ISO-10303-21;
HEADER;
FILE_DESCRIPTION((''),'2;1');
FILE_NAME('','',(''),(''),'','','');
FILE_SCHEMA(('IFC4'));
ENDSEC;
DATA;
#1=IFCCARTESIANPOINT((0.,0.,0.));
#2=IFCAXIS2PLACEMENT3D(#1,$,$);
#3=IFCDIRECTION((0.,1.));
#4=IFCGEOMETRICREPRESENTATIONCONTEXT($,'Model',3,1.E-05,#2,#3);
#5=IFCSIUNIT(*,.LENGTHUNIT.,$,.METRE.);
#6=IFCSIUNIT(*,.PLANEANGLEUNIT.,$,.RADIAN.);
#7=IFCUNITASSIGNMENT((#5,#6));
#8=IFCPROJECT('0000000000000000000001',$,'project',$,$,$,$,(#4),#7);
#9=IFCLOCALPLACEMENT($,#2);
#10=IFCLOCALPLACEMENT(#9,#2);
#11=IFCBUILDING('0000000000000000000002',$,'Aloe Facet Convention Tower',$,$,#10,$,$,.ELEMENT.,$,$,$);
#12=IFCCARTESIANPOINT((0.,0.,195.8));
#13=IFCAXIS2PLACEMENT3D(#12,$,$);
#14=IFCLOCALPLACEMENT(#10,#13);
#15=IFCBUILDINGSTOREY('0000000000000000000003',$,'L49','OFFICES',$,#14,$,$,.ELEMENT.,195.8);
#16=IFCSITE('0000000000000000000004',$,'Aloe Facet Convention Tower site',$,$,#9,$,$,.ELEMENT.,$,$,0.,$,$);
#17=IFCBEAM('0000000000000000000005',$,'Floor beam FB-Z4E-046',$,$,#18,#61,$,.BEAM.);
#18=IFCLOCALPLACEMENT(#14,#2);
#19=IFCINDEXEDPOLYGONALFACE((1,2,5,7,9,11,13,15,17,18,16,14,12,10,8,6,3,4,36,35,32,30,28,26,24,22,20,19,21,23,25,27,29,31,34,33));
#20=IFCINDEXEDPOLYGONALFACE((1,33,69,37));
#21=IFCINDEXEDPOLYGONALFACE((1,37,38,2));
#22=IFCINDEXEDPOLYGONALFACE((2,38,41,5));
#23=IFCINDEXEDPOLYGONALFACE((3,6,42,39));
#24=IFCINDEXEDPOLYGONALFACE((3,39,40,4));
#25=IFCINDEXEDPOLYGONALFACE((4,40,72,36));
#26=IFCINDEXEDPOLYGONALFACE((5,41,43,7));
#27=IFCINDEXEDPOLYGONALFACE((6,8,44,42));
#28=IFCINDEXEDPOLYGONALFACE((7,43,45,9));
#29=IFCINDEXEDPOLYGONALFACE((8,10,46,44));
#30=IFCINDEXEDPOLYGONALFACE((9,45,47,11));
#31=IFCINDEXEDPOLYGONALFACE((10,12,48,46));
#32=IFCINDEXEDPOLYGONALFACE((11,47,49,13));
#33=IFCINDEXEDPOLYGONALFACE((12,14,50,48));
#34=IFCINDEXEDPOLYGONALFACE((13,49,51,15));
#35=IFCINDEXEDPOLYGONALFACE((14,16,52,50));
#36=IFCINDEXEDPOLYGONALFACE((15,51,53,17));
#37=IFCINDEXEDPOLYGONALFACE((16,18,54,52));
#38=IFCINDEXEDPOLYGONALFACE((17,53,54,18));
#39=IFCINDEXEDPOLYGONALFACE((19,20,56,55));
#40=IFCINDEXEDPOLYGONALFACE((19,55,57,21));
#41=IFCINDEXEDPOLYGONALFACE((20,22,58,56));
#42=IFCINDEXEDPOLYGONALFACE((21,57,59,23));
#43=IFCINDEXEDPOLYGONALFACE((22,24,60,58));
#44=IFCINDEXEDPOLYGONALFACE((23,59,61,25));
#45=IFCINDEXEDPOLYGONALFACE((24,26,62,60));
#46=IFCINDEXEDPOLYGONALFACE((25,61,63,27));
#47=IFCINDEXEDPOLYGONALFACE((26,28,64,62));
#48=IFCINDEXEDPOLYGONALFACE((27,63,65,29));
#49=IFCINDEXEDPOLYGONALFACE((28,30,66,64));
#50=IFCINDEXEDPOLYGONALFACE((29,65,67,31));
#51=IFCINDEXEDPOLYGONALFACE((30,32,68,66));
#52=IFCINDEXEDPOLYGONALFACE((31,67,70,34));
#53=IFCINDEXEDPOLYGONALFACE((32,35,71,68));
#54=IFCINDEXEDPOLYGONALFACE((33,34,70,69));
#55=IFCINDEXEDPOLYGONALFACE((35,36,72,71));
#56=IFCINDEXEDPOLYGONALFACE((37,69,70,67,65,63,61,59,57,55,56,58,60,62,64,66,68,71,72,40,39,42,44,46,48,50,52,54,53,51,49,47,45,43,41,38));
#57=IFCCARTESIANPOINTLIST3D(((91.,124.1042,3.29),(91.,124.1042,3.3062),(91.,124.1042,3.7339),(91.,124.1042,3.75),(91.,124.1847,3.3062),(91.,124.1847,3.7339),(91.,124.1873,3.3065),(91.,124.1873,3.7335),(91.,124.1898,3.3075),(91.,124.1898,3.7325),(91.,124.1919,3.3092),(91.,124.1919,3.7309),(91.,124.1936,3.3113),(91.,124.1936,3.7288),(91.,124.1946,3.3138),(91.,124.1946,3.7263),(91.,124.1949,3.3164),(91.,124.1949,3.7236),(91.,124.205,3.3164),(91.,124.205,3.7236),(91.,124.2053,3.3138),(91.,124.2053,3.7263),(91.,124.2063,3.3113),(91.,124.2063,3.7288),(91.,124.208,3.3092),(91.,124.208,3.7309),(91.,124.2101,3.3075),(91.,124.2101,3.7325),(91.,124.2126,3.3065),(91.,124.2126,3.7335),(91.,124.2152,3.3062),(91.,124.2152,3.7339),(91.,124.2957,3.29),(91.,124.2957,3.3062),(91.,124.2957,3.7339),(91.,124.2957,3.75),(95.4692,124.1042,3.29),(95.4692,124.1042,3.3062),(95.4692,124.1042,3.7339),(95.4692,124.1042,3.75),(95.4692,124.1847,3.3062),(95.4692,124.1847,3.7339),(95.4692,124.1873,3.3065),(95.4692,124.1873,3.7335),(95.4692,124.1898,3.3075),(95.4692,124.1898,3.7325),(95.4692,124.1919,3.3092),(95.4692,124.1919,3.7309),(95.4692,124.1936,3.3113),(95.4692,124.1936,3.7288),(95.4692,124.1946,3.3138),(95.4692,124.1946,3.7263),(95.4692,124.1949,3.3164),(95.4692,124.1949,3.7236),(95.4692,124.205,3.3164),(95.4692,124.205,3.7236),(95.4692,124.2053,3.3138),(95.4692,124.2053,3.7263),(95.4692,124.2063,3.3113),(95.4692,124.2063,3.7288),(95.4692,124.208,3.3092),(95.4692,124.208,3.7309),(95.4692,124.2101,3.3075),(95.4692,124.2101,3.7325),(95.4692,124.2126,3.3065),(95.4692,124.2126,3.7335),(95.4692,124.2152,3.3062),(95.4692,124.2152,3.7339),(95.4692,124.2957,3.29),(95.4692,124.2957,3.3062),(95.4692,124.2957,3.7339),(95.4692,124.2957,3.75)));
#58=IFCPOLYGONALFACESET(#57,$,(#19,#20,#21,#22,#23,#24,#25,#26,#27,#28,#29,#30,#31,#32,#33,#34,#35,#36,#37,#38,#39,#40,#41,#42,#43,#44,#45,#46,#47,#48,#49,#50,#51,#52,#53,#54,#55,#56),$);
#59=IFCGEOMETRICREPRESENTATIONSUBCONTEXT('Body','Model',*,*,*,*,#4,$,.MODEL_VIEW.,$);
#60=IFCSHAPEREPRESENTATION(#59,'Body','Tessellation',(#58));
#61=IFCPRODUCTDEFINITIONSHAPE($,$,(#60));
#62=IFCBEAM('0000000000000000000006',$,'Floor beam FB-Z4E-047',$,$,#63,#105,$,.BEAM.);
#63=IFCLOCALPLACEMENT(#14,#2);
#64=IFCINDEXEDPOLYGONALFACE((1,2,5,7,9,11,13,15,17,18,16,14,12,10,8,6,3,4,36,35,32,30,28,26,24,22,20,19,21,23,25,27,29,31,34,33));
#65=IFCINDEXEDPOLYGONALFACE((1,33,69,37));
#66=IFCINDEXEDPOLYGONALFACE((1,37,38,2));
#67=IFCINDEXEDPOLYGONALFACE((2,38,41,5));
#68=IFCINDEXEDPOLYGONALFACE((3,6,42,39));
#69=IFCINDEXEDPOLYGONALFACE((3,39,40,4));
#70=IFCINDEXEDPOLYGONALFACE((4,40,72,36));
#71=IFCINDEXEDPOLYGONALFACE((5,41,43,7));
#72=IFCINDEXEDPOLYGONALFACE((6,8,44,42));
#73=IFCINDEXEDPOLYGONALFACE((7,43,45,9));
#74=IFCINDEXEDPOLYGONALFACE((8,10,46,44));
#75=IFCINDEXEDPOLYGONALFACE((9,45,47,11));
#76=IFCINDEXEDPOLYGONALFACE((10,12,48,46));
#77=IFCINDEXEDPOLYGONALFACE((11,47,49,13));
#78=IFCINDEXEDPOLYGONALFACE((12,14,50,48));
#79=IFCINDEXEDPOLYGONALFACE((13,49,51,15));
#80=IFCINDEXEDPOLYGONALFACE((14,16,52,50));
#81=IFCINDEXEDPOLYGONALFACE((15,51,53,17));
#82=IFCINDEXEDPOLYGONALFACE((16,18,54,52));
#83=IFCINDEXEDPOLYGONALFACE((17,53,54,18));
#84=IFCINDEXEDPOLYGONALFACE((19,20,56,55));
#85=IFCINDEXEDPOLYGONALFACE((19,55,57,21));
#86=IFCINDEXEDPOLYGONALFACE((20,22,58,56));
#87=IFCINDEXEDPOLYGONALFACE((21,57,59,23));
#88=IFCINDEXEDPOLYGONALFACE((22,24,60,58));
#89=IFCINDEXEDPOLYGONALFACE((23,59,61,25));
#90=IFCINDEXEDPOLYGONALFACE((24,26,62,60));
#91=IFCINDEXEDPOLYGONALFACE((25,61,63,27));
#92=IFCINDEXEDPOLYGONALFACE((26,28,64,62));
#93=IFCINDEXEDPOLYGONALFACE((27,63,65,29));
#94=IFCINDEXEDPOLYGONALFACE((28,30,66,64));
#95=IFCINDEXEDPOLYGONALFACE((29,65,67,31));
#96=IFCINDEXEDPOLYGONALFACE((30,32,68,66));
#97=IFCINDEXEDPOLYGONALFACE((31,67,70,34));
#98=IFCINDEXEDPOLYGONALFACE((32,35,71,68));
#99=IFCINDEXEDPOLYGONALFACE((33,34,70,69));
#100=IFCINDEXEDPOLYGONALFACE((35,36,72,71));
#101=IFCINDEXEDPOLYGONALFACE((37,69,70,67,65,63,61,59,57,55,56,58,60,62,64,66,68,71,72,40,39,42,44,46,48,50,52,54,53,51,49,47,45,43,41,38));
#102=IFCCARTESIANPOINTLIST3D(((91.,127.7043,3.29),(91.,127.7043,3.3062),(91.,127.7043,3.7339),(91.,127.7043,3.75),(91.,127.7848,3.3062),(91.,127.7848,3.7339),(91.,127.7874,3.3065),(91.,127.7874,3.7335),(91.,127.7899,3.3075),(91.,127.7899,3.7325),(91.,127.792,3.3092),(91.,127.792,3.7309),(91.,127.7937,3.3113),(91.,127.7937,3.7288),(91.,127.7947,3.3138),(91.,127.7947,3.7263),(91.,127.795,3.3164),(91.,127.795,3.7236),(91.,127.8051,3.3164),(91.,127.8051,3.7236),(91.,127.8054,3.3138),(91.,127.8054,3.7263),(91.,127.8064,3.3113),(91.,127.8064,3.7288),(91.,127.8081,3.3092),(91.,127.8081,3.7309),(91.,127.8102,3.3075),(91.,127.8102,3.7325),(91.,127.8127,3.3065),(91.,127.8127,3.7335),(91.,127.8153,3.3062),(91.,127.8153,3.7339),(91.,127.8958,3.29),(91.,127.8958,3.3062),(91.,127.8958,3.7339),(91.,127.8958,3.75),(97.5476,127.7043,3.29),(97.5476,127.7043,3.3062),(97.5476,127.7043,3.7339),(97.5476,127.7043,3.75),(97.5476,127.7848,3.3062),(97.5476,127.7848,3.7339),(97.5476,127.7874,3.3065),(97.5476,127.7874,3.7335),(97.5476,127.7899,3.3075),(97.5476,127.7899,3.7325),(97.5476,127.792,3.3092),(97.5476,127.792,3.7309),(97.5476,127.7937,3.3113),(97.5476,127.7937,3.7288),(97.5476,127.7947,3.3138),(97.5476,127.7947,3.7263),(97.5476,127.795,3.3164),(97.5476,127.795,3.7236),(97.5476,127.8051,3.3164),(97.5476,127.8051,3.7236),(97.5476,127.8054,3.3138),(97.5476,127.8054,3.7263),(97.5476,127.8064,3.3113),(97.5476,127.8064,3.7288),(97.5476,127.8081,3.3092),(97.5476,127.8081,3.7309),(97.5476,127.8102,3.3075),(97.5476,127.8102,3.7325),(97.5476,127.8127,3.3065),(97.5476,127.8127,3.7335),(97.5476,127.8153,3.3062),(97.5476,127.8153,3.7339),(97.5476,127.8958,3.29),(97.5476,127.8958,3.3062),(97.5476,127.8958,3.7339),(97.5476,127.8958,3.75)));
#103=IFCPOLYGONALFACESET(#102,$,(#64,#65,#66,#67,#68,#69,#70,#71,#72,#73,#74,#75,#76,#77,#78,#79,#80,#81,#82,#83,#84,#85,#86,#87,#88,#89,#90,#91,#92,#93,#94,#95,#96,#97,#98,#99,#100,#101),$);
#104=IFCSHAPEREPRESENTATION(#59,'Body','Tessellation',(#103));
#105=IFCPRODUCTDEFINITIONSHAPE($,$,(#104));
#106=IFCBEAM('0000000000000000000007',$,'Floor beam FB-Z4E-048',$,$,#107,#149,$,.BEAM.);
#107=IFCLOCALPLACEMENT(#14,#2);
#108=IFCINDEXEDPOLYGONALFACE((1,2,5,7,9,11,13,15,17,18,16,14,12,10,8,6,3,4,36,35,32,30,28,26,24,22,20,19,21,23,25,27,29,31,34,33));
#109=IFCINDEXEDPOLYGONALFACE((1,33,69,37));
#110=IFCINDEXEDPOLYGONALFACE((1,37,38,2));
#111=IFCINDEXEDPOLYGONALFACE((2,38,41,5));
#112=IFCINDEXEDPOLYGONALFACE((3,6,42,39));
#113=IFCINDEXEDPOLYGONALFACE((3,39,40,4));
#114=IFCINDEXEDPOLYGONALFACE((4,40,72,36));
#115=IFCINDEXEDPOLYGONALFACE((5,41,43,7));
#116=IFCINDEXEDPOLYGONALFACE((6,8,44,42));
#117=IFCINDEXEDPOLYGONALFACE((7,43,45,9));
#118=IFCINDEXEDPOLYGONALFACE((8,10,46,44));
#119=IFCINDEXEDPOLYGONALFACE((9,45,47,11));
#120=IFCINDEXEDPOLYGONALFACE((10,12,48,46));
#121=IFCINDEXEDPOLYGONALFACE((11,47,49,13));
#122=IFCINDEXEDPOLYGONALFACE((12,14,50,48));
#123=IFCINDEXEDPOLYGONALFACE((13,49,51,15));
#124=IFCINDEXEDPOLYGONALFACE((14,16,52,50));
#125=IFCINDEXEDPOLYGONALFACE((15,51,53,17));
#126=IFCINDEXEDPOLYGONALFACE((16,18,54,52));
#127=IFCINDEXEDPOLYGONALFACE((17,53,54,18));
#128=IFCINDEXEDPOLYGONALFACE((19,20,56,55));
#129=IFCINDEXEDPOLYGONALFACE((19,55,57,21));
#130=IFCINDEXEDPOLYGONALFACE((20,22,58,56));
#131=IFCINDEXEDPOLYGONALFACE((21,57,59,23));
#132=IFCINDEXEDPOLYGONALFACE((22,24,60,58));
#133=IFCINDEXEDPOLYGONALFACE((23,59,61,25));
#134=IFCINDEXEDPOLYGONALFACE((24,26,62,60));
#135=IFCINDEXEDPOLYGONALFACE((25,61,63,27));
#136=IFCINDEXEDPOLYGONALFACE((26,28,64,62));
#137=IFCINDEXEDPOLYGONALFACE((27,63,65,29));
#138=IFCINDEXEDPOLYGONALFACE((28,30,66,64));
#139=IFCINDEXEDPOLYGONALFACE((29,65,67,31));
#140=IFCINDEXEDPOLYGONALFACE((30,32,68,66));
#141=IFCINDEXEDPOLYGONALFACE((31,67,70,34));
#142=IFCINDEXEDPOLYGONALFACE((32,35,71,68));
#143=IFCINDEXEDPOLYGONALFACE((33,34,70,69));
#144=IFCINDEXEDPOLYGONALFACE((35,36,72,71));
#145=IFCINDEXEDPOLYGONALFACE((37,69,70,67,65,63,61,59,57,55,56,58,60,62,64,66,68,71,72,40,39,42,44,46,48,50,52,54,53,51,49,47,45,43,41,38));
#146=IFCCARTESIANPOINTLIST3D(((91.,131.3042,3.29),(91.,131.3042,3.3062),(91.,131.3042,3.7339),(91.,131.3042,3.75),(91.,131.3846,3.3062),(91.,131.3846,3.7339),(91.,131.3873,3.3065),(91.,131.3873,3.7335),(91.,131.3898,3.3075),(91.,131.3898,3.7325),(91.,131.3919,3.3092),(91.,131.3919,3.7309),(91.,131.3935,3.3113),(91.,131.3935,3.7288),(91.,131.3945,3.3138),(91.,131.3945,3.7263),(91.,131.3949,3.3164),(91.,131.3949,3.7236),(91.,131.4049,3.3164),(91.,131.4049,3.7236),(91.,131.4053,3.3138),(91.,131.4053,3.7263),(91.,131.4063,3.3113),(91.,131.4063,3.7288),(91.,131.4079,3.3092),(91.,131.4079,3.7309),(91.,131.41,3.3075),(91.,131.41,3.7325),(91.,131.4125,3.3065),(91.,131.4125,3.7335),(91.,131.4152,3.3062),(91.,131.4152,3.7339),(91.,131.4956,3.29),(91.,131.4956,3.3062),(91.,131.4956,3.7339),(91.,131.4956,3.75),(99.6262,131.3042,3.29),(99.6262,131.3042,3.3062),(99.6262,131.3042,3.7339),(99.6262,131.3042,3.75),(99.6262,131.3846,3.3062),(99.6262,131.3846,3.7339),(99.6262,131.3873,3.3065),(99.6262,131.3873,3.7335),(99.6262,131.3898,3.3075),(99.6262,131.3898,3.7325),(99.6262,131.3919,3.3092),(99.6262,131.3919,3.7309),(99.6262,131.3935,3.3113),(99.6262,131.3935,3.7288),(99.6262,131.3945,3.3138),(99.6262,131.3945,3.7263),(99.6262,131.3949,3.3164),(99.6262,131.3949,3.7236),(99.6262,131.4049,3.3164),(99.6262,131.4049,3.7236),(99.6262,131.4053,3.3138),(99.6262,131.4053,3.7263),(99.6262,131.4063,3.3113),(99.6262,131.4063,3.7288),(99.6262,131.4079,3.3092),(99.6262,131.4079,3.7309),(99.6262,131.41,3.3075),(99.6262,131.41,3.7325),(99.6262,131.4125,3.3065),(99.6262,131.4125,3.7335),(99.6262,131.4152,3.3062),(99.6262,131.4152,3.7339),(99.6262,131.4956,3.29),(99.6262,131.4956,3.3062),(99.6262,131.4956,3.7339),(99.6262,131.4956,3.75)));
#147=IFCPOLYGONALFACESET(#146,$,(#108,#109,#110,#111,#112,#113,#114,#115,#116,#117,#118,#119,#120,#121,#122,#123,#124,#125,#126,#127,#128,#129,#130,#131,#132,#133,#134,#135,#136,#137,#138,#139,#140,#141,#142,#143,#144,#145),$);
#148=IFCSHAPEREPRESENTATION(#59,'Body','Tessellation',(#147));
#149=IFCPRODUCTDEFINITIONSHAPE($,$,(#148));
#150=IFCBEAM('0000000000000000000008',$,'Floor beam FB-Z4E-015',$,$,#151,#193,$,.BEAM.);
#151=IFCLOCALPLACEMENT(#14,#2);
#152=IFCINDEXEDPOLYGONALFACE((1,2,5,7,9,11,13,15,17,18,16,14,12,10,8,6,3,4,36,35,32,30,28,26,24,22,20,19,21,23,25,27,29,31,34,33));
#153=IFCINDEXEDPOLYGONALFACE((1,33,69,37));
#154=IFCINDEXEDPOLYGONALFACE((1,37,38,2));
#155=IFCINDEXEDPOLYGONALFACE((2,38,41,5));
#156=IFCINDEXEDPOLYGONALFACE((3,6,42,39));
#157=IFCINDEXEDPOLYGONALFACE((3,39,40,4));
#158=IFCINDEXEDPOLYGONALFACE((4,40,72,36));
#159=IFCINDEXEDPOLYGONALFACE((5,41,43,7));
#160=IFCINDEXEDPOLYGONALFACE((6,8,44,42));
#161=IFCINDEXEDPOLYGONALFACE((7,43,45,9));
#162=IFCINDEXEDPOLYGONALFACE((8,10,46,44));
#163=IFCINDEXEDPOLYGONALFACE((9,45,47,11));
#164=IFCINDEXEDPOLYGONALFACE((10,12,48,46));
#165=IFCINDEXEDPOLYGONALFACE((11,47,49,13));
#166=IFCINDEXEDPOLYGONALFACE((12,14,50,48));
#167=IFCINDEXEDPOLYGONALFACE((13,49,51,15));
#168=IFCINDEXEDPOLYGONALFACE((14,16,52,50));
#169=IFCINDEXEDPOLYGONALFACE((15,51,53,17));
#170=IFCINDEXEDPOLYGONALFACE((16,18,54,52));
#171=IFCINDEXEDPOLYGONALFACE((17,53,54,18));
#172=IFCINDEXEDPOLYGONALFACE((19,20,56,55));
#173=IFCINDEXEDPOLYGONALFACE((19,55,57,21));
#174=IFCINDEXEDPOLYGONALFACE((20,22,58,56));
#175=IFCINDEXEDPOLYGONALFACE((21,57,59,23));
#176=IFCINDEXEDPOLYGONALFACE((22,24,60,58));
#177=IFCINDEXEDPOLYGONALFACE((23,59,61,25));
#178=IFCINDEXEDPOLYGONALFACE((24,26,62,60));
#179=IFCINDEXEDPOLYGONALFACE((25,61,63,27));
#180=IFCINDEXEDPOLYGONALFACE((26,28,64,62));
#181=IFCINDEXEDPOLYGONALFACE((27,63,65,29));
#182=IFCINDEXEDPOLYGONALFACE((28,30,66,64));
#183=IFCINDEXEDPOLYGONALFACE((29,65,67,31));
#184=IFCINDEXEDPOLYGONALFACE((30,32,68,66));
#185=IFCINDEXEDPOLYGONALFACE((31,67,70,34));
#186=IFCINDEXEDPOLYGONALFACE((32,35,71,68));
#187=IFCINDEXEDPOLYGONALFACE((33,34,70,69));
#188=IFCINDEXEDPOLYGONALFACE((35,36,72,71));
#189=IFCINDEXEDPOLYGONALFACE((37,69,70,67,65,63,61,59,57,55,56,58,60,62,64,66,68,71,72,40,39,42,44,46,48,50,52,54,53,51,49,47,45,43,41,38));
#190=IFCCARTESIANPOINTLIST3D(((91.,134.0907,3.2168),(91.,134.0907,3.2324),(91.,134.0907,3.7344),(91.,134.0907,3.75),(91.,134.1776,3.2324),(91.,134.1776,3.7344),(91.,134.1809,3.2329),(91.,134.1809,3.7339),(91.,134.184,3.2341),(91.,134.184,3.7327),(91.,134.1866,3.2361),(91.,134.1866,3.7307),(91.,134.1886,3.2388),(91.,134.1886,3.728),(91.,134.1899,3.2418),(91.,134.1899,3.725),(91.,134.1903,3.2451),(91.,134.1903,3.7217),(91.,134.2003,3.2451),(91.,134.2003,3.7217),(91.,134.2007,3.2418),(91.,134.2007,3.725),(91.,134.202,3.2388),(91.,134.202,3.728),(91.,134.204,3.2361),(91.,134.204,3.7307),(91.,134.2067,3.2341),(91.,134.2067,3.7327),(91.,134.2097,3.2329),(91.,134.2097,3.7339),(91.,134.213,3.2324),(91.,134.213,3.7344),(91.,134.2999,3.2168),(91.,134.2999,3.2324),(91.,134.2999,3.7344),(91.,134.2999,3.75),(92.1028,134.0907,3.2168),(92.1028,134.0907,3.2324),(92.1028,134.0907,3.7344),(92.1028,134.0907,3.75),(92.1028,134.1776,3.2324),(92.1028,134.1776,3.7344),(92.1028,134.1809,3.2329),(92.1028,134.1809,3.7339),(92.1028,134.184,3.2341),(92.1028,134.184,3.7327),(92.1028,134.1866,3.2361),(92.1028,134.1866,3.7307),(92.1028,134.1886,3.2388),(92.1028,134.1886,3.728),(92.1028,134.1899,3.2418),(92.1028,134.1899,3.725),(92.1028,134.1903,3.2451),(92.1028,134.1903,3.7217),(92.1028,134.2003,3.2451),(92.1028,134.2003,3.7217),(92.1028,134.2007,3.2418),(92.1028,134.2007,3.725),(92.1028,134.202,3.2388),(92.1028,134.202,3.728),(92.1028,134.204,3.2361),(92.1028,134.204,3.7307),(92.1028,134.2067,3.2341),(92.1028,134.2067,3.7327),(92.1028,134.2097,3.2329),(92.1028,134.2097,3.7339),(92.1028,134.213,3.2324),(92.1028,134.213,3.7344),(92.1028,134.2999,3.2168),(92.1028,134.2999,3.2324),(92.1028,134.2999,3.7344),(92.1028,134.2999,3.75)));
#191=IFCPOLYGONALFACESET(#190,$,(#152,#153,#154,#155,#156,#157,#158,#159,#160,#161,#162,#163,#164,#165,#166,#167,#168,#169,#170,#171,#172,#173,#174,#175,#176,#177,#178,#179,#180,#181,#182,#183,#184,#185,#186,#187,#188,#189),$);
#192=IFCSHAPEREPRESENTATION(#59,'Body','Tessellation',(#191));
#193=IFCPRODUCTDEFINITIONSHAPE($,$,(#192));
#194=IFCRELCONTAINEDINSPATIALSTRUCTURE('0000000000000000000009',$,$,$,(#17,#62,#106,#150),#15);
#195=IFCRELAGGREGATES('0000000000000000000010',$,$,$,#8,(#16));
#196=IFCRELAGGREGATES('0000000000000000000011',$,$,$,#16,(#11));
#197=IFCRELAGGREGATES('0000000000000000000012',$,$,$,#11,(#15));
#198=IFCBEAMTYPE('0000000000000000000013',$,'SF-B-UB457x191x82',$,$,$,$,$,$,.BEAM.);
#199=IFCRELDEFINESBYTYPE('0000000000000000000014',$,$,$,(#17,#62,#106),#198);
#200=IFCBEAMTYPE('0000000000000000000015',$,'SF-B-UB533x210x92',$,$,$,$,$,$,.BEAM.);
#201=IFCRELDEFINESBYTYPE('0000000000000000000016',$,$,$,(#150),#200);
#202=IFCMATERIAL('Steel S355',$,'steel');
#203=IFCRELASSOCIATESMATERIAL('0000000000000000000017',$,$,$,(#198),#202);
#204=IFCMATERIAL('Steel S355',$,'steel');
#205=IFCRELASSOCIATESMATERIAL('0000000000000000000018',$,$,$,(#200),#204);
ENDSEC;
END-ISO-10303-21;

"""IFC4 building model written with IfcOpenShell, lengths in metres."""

from ifc_helpers import new_model, si_unit, direction, frame, origin, origin_2d, place, context, subcontext, project, spatial, i_section, extrude, material, material_profile, profile_set, type_object, element, save


model = new_model("IFC4")

# Units and contexts
model_context = context("Model", 3, precision=1e-05, world=origin(), true_north=direction((0.0, 1.0)))
body_context = subcontext(model_context, "Body", "Model", "MODEL_VIEW")
ifc_project = project(units=[si_unit("LENGTHUNIT", "METRE"), si_unit("PLANEANGLEUNIT", "RADIAN")], contexts=[model_context])

# Site, building, storey
site_placement = place(None, origin())
site = spatial("IfcSite", under=ifc_project, at=site_placement, Name="Aloe Facet Convention Tower site", CompositionType="ELEMENT", RefElevation=0.0)
building_placement = place(site_placement, origin())
building = spatial("IfcBuilding", under=site, at=building_placement, Name="Aloe Facet Convention Tower", CompositionType="ELEMENT")
storey_placement = place(building_placement, frame((0.0, 0.0, 195.8)))
storey = spatial("IfcBuildingStorey", under=building, at=storey_placement, Name="L49", Description="OFFICES", CompositionType="ELEMENT", Elevation=195.8)

# Beams
ifc_material_1 = material(Name="Steel S355", Category="steel")
ifc_material_profile_1 = material_profile(ifc_material_1, i_section(OverallWidth=0.1914, OverallDepth=0.46, WebThickness=0.01, FlangeThickness=0.0161, FilletRadius=0.0103, at=origin_2d()), Name="UB 457x191x82")
ifc_profile_set_1 = profile_set([ifc_material_profile_1], Name="Steel S355")
beam_type_1 = type_object("IfcBeamType", Name="SF-B-UB457x191x82", PredefinedType="BEAM", material=ifc_profile_set_1)
beam_1_placement = place(storey_placement, frame((91.0, 124.2, 3.52), z_axis=(1.0, 0.0, 0.0), x_axis=(0.0, 1.0, 0.0)))
element("IfcBeam", 1, at=beam_1_placement, inside=storey, type_object=beam_type_1, Name="Floor beam FB-Z4E-046", PredefinedType="BEAM", context=body_context, shape_type="SweptSolid", body=[
    extrude(i_section(OverallWidth=0.1914, OverallDepth=0.46, WebThickness=0.01, FlangeThickness=0.0161, FilletRadius=0.0103, at=origin_2d()), origin(), (0.0, 0.0, 1.0), 4.4692),
])
beam_2_placement = place(storey_placement, frame((91.0, 127.8, 3.52), z_axis=(1.0, 0.0, 0.0), x_axis=(0.0, 1.0, 0.0)))
element("IfcBeam", 2, at=beam_2_placement, inside=storey, type_object=beam_type_1, Name="Floor beam FB-Z4E-047", PredefinedType="BEAM", context=body_context, shape_type="SweptSolid", body=[
    extrude(i_section(OverallWidth=0.1914, OverallDepth=0.46, WebThickness=0.01, FlangeThickness=0.0161, FilletRadius=0.0103, at=origin_2d()), origin(), (0.0, 0.0, 1.0), 6.5476),
])
beam_3_placement = place(storey_placement, frame((91.0, 131.3999, 3.52), z_axis=(1.0, 0.0, 0.0), x_axis=(0.0, 1.0, 0.0)))
element("IfcBeam", 3, at=beam_3_placement, inside=storey, type_object=beam_type_1, Name="Floor beam FB-Z4E-048", PredefinedType="BEAM", context=body_context, shape_type="SweptSolid", body=[
    extrude(i_section(OverallWidth=0.1914, OverallDepth=0.46, WebThickness=0.01, FlangeThickness=0.0161, FilletRadius=0.0103, at=origin_2d()), origin(), (0.0, 0.0, 1.0), 8.6262),
])
ifc_material_2 = material(Name="Steel S355", Category="steel")
ifc_material_profile_2 = material_profile(ifc_material_2, i_section(OverallWidth=0.2092, OverallDepth=0.5332, WebThickness=0.01, FlangeThickness=0.0156, FilletRadius=0.0127, at=origin_2d()), Name="UB 533x210x92")
ifc_profile_set_2 = profile_set([ifc_material_profile_2], Name="Steel S355")
beam_type_2 = type_object("IfcBeamType", Name="SF-B-UB533x210x92", PredefinedType="BEAM", material=ifc_profile_set_2)
beam_4_placement = place(storey_placement, frame((91.0, 134.1953, 3.4834), z_axis=(1.0, 0.0, 0.0), x_axis=(0.0, 1.0, 0.0)))
element("IfcBeam", 4, at=beam_4_placement, inside=storey, type_object=beam_type_2, Name="Floor beam FB-Z4E-015", PredefinedType="BEAM", context=body_context, shape_type="SweptSolid", body=[
    extrude(i_section(OverallWidth=0.2092, OverallDepth=0.5332, WebThickness=0.01, FlangeThickness=0.0156, FilletRadius=0.0127, at=origin_2d()), origin(), (0.0, 0.0, 1.0), 1.1028),
])

save(model, "model.ifc")
